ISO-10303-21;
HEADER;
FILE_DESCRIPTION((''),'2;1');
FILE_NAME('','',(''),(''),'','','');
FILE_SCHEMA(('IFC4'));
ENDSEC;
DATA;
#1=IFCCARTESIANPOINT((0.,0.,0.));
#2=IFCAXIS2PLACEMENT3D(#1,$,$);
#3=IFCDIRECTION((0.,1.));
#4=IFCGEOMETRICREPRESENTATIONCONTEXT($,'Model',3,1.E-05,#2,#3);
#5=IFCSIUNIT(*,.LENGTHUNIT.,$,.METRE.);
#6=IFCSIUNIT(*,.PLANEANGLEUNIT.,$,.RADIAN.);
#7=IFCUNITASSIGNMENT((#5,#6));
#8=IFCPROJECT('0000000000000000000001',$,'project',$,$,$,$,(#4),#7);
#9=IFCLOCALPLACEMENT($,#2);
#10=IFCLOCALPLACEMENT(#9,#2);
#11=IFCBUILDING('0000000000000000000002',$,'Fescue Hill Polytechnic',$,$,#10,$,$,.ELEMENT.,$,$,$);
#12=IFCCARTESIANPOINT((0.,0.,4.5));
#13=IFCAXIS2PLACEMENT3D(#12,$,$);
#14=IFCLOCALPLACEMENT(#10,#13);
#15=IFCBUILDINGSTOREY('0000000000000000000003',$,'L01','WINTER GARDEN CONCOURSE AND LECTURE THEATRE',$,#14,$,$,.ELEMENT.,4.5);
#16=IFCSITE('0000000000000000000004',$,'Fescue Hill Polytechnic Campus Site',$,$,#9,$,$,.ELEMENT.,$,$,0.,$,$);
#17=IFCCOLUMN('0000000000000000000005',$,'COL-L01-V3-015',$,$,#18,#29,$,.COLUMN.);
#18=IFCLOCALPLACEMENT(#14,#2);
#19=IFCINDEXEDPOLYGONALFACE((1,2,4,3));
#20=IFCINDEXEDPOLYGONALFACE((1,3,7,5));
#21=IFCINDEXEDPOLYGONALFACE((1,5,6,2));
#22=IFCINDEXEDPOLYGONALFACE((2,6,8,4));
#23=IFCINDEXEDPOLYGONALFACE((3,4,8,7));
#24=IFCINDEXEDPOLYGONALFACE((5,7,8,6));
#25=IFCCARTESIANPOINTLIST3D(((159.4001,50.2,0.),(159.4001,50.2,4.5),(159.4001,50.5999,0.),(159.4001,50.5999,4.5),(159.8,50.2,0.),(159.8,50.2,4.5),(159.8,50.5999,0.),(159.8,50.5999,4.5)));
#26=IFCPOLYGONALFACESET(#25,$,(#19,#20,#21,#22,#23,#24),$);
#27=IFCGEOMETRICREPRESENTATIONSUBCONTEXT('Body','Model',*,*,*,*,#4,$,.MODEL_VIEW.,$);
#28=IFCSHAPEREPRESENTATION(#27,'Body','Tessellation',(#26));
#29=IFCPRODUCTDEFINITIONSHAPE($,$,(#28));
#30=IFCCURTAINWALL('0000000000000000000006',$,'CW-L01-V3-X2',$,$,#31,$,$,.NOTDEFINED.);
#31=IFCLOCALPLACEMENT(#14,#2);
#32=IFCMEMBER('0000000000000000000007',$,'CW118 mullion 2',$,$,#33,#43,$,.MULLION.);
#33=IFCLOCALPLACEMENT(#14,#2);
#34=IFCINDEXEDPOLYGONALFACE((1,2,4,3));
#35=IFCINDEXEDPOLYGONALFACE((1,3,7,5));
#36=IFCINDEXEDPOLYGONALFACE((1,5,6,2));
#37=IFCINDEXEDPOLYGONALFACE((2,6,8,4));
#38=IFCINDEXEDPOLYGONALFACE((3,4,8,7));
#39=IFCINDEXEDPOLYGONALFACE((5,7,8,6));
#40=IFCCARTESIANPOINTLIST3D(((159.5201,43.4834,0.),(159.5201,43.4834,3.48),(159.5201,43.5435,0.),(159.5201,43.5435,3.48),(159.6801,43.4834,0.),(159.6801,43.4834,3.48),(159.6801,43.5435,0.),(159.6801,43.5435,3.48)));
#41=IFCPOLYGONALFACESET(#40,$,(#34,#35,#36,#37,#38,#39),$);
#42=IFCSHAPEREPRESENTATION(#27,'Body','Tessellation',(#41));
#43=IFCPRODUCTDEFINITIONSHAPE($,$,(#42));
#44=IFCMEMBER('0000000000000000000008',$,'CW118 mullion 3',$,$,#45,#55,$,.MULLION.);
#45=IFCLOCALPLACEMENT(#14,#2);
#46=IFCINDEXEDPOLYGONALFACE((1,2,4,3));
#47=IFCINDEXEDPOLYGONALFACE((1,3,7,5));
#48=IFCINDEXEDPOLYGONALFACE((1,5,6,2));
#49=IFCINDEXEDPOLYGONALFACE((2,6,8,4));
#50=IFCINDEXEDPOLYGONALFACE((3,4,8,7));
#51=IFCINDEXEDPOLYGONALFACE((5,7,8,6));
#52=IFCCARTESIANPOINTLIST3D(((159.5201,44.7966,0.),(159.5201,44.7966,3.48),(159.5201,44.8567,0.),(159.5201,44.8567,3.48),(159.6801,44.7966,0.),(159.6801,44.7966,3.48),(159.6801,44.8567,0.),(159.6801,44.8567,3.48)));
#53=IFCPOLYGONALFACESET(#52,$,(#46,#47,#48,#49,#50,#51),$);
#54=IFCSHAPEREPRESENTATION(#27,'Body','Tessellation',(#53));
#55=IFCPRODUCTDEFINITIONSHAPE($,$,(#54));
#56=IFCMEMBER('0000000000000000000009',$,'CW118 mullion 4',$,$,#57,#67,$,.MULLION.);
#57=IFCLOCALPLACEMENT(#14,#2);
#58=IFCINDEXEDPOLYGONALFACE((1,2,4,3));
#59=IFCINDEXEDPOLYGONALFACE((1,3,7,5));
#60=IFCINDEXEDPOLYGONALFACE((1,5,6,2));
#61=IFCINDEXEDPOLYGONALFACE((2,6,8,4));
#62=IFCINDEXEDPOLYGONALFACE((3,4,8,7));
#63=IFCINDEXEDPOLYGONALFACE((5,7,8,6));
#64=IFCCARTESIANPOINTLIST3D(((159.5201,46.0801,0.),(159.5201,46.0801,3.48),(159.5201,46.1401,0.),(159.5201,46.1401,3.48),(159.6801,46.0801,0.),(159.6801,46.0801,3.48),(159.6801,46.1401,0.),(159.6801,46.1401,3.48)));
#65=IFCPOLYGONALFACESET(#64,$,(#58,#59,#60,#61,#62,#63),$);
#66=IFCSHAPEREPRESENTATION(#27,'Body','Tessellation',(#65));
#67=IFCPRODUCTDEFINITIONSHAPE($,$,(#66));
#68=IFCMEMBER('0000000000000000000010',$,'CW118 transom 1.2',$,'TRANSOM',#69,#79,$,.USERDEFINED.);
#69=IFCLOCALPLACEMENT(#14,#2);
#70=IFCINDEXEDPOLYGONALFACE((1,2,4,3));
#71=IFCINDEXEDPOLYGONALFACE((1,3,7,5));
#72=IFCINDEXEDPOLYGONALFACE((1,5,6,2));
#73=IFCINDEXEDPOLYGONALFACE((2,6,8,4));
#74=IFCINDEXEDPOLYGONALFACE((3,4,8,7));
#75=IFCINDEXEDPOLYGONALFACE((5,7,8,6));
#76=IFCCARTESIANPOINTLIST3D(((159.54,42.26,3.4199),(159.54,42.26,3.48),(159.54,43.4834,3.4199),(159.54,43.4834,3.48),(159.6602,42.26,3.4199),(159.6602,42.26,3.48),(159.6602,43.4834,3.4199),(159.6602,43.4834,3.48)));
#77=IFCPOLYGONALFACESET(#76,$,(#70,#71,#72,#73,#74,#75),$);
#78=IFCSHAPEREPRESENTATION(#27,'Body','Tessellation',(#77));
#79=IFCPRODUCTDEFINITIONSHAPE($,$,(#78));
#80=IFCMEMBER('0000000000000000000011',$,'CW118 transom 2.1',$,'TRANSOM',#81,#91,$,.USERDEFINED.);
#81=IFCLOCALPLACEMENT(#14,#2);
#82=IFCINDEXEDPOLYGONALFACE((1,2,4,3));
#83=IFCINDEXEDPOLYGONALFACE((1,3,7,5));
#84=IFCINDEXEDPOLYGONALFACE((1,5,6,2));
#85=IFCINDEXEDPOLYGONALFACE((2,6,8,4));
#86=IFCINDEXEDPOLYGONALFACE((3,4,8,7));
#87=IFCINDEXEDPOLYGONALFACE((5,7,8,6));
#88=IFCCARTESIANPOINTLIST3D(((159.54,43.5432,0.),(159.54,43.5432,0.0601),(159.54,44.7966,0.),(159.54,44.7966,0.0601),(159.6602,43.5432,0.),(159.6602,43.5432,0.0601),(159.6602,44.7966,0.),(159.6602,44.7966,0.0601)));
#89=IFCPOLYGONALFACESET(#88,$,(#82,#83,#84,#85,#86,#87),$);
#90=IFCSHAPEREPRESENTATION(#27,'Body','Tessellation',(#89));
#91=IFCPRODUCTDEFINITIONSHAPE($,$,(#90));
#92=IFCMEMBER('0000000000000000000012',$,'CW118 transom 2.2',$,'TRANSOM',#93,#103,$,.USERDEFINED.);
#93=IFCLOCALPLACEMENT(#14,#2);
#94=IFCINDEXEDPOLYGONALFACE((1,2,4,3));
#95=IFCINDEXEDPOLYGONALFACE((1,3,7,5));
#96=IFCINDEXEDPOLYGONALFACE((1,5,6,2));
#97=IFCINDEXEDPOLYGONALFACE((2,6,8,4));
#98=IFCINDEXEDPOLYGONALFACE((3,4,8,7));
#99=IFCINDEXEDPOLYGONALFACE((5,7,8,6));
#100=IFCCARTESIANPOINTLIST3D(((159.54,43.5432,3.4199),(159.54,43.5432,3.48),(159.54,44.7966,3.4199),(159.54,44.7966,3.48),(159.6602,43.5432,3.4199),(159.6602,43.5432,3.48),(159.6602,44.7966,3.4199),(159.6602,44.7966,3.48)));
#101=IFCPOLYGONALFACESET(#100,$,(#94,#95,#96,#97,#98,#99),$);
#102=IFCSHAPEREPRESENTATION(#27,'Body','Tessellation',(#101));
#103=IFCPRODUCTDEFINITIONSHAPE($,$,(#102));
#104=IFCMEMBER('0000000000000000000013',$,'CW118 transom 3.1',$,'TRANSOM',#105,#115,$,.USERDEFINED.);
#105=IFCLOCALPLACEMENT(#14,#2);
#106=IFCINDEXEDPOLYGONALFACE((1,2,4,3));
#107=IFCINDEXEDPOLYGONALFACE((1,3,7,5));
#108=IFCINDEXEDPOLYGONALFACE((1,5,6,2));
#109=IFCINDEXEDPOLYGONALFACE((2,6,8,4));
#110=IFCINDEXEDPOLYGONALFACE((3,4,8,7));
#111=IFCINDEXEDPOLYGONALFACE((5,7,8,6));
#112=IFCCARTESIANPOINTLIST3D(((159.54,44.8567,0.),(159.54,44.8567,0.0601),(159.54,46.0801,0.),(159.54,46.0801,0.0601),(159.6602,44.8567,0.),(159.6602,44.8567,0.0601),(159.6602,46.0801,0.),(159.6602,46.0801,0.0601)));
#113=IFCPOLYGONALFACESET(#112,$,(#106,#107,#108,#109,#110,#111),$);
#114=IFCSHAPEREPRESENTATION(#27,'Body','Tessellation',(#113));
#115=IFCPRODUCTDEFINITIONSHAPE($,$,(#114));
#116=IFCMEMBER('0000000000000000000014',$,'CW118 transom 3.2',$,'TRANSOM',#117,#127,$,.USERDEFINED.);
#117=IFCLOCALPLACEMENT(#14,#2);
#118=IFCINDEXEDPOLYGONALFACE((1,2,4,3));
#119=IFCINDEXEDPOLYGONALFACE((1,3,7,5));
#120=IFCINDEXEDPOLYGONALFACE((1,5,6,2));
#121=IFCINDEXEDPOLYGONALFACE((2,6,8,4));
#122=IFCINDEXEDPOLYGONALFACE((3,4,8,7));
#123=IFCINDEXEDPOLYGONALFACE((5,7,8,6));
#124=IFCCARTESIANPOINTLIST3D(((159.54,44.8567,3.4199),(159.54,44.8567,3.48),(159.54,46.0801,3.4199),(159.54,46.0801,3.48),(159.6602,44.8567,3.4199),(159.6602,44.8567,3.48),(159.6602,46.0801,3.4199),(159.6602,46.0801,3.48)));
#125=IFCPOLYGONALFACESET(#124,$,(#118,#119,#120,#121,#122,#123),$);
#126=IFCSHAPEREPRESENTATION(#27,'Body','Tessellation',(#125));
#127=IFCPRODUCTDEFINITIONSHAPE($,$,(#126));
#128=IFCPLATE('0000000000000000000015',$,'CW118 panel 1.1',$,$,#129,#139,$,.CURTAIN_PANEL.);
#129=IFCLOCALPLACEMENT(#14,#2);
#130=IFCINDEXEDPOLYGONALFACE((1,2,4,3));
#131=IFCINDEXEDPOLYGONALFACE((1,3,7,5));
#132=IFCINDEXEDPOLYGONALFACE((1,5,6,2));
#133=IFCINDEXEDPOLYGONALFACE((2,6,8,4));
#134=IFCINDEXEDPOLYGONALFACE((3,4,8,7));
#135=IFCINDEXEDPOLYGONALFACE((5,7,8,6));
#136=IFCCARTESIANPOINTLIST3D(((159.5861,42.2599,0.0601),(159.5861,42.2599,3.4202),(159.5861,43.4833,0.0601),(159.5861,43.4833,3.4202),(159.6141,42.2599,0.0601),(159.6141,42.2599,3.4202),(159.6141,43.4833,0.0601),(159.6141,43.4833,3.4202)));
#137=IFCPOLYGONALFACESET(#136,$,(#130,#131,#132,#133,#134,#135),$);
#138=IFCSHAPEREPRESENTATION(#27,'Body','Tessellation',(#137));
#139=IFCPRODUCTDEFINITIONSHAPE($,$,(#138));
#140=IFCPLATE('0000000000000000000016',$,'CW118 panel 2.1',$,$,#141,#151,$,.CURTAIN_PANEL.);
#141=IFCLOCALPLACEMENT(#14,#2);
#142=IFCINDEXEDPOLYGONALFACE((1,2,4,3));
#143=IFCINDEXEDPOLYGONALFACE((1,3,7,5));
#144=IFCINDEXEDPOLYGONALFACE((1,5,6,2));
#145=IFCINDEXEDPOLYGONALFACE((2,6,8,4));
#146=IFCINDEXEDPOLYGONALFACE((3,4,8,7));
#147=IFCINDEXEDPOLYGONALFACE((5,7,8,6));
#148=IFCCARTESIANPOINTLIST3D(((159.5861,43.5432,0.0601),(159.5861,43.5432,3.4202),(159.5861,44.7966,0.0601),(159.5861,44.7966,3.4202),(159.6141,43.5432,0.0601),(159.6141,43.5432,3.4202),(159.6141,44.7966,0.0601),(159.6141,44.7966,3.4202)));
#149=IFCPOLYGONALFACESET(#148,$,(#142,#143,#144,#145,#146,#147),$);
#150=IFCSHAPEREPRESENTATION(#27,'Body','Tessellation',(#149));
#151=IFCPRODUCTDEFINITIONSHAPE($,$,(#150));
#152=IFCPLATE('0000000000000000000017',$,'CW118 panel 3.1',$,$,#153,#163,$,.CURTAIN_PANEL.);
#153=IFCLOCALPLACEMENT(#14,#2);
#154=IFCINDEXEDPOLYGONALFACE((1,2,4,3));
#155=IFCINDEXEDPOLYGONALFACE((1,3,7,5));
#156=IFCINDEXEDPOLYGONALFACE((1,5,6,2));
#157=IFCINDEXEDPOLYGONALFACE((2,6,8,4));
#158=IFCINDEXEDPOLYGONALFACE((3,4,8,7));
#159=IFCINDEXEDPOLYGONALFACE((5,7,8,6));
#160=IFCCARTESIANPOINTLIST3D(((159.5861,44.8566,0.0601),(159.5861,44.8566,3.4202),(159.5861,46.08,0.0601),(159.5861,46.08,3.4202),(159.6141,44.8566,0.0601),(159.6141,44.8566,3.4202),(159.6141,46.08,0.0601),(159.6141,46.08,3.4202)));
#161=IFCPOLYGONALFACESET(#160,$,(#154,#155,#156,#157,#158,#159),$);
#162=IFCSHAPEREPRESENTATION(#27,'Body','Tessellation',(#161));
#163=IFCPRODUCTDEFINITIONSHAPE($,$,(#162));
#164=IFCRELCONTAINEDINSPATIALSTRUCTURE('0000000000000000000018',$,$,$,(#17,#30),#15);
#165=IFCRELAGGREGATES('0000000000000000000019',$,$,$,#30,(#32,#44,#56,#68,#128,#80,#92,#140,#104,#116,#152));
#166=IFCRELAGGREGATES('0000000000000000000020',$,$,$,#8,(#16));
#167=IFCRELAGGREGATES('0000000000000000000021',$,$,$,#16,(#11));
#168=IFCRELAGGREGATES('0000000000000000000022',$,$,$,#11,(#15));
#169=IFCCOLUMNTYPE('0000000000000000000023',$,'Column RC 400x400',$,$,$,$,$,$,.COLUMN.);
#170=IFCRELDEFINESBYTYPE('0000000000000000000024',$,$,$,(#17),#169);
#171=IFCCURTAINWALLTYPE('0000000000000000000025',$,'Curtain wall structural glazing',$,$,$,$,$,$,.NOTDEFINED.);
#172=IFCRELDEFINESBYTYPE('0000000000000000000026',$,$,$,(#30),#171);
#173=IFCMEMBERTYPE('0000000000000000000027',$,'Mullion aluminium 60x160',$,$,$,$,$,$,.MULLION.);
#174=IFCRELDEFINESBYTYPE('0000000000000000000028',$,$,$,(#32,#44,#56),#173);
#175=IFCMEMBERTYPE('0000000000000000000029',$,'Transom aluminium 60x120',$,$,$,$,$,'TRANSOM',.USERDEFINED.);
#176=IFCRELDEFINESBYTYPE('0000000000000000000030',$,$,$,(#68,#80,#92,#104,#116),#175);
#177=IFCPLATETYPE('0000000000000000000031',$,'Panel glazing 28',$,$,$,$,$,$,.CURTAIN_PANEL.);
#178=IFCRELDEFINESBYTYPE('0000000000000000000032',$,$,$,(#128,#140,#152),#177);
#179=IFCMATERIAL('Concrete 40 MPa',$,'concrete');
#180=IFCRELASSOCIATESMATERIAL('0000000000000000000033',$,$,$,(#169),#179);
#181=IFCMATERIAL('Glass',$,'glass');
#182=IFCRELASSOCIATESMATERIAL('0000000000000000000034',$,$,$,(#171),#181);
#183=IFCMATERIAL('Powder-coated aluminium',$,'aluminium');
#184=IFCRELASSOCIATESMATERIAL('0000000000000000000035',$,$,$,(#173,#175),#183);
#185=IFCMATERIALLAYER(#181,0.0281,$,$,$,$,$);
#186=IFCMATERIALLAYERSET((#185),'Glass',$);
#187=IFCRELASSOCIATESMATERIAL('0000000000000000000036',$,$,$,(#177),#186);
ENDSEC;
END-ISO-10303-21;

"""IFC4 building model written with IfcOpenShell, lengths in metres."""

from ifc_helpers import new_model, si_unit, direction, frame, origin, origin_2d, place, context, subcontext, project, spatial, rectangle, extrude, material, layer, layer_set, material_profile, profile_set, type_object, element, aggregate, save


model = new_model("IFC4")

# Units and contexts
model_context = context("Model", 3, precision=1e-05, world=origin(), true_north=direction((0.0, 1.0)))
body_context = subcontext(model_context, "Body", "Model", "MODEL_VIEW")
ifc_project = project(units=[si_unit("LENGTHUNIT", "METRE"), si_unit("PLANEANGLEUNIT", "RADIAN")], contexts=[model_context])

# Site, building, storey
site_placement = place(None, origin())
site = spatial("IfcSite", under=ifc_project, at=site_placement, Name="Fescue Hill Polytechnic Campus Site", CompositionType="ELEMENT", RefElevation=0.0)
building_placement = place(site_placement, origin())
building = spatial("IfcBuilding", under=site, at=building_placement, Name="Fescue Hill Polytechnic", CompositionType="ELEMENT")
storey_placement = place(building_placement, frame((0.0, 0.0, 4.5)))
storey = spatial("IfcBuildingStorey", under=building, at=storey_placement, Name="L01", Description="WINTER GARDEN CONCOURSE AND LECTURE THEATRE", CompositionType="ELEMENT", Elevation=4.5)

# Column
ifc_material_1 = material(Name="Concrete 40 MPa", Category="concrete")
ifc_material_profile_1 = material_profile(ifc_material_1, rectangle(XDim=0.3999, YDim=0.3999, at=origin_2d()), Name="RC 400x400")
ifc_profile_set_1 = profile_set([ifc_material_profile_1], Name="Concrete 40 MPa")
column_type = type_object("IfcColumnType", Name="Column RC 400x400", PredefinedType="COLUMN", material=ifc_profile_set_1)
column_placement = place(storey_placement, frame((159.6001, 50.3999, 0.0), z_axis=(0.0, 0.0, 1.0), x_axis=(1.0, 0.0, 0.0)))
element("IfcColumn", 1, at=column_placement, inside=storey, type_object=column_type, Name="COL-L01-V3-015", PredefinedType="COLUMN", context=body_context, shape_type="SweptSolid", body=[
    extrude(rectangle(XDim=0.3999, YDim=0.3999, at=origin_2d()), origin(), (0.0, 0.0, 1.0), 4.5),
])

# Curtain wall, members, plates
ifc_material_2 = material(Name="Glass", Category="glass")
curtain_wall_type = type_object("IfcCurtainWallType", Name="Curtain wall structural glazing", PredefinedType="NOTDEFINED", material=ifc_material_2)
curtain_wall_placement = place(storey_placement, origin())
curtain_wall = element("IfcCurtainWall", 2, at=curtain_wall_placement, inside=storey, type_object=curtain_wall_type, Name="CW-L01-V3-X2", PredefinedType="NOTDEFINED")
ifc_material_3 = material(Name="Powder-coated aluminium", Category="aluminium")
ifc_material_profile_2 = material_profile(ifc_material_3, rectangle(XDim=0.1599, YDim=0.0601, at=origin_2d()), Name="Mullion aluminium 60x160")
ifc_profile_set_2 = profile_set([ifc_material_profile_2], Name="Powder-coated aluminium")
member_type_1 = type_object("IfcMemberType", Name="Mullion aluminium 60x160", PredefinedType="MULLION", material=ifc_profile_set_2)
member_1_placement = place(storey_placement, frame((159.6001, 43.5134, 0.0), z_axis=(0.0, 0.0, 1.0), x_axis=(-1.0, 0.0, 0.0)))
member_1 = element("IfcMember", 3, at=member_1_placement, type_object=member_type_1, Name="CW118 mullion 2", PredefinedType="MULLION", context=body_context, shape_type="SweptSolid", body=[
    extrude(rectangle(XDim=0.1599, YDim=0.0601, at=origin_2d()), origin(), (0.0, 0.0, 1.0), 3.48),
])
member_2_placement = place(storey_placement, frame((159.6001, 44.8267, 0.0), z_axis=(0.0, 0.0, 1.0), x_axis=(-1.0, 0.0, 0.0)))
member_2 = element("IfcMember", 4, at=member_2_placement, type_object=member_type_1, Name="CW118 mullion 3", PredefinedType="MULLION", context=body_context, shape_type="SweptSolid", body=[
    extrude(rectangle(XDim=0.1599, YDim=0.0601, at=origin_2d()), origin(), (0.0, 0.0, 1.0), 3.48),
])
member_3_placement = place(storey_placement, frame((159.6001, 46.1101, 0.0), z_axis=(0.0, 0.0, 1.0), x_axis=(-1.0, 0.0, 0.0)))
member_3 = element("IfcMember", 5, at=member_3_placement, type_object=member_type_1, Name="CW118 mullion 4", PredefinedType="MULLION", context=body_context, shape_type="SweptSolid", body=[
    extrude(rectangle(XDim=0.1599, YDim=0.0601, at=origin_2d()), origin(), (0.0, 0.0, 1.0), 3.48),
])
ifc_material_profile_3 = material_profile(ifc_material_3, rectangle(XDim=0.1201, YDim=0.0601, at=origin_2d()), Name="Transom aluminium 60x120")
ifc_profile_set_3 = profile_set([ifc_material_profile_3], Name="Powder-coated aluminium")
member_type_2 = type_object("IfcMemberType", Name="Transom aluminium 60x120", ElementType="TRANSOM", PredefinedType="USERDEFINED", material=ifc_profile_set_3)
member_4_placement = place(storey_placement, frame((159.6001, 42.26, 3.45), z_axis=(0.0, 1.0, 0.0), x_axis=(-1.0, 0.0, 0.0)))
member_4 = element("IfcMember", 6, at=member_4_placement, type_object=member_type_2, Name="CW118 transom 1.2", ObjectType="TRANSOM", PredefinedType="USERDEFINED", context=body_context, shape_type="SweptSolid", body=[
    extrude(rectangle(XDim=0.1201, YDim=0.0601, at=origin_2d()), origin(), (0.0, 0.0, 1.0), 1.2234),
])
member_5_placement = place(storey_placement, frame((159.6001, 43.5432, 0.03), z_axis=(0.0, 1.0, 0.0), x_axis=(-1.0, 0.0, 0.0)))
member_5 = element("IfcMember", 7, at=member_5_placement, type_object=member_type_2, Name="CW118 transom 2.1", ObjectType="TRANSOM", PredefinedType="USERDEFINED", context=body_context, shape_type="SweptSolid", body=[
    extrude(rectangle(XDim=0.1201, YDim=0.0601, at=origin_2d()), origin(), (0.0, 0.0, 1.0), 1.2534),
])
member_6_placement = place(storey_placement, frame((159.6001, 43.5432, 3.45), z_axis=(0.0, 1.0, 0.0), x_axis=(-1.0, 0.0, 0.0)))
member_6 = element("IfcMember", 8, at=member_6_placement, type_object=member_type_2, Name="CW118 transom 2.2", ObjectType="TRANSOM", PredefinedType="USERDEFINED", context=body_context, shape_type="SweptSolid", body=[
    extrude(rectangle(XDim=0.1201, YDim=0.0601, at=origin_2d()), origin(), (0.0, 0.0, 1.0), 1.2534),
])
member_7_placement = place(storey_placement, frame((159.6001, 44.8567, 0.03), z_axis=(0.0, 1.0, 0.0), x_axis=(-1.0, 0.0, 0.0)))
member_7 = element("IfcMember", 9, at=member_7_placement, type_object=member_type_2, Name="CW118 transom 3.1", ObjectType="TRANSOM", PredefinedType="USERDEFINED", context=body_context, shape_type="SweptSolid", body=[
    extrude(rectangle(XDim=0.1201, YDim=0.0601, at=origin_2d()), origin(), (0.0, 0.0, 1.0), 1.2234),
])
member_8_placement = place(storey_placement, frame((159.6001, 44.8567, 3.45), z_axis=(0.0, 1.0, 0.0), x_axis=(-1.0, 0.0, 0.0)))
member_8 = element("IfcMember", 10, at=member_8_placement, type_object=member_type_2, Name="CW118 transom 3.2", ObjectType="TRANSOM", PredefinedType="USERDEFINED", context=body_context, shape_type="SweptSolid", body=[
    extrude(rectangle(XDim=0.1201, YDim=0.0601, at=origin_2d()), origin(), (0.0, 0.0, 1.0), 1.2234),
])
ifc_layer_1 = layer(ifc_material_2, 0.0281)
ifc_layer_set_1 = layer_set([ifc_layer_1], Name="Glass")
plate_type = type_object("IfcPlateType", Name="Panel glazing 28", PredefinedType="CURTAIN_PANEL", material=ifc_layer_set_1)
plate_1_placement = place(storey_placement, frame((159.6001, 42.8716, 0.0601), z_axis=(0.0, 0.0, 1.0), x_axis=(0.0, 1.0, 0.0)))
plate_1 = element("IfcPlate", 11, at=plate_1_placement, type_object=plate_type, Name="CW118 panel 1.1", PredefinedType="CURTAIN_PANEL", context=body_context, shape_type="SweptSolid", body=[
    extrude(rectangle(XDim=1.2234, YDim=0.0281, at=origin_2d()), origin(), (0.0, 0.0, 1.0), 3.3601),
])
plate_2_placement = place(storey_placement, frame((159.6001, 44.1699, 0.0601), z_axis=(0.0, 0.0, 1.0), x_axis=(0.0, 1.0, 0.0)))
plate_2 = element("IfcPlate", 12, at=plate_2_placement, type_object=plate_type, Name="CW118 panel 2.1", PredefinedType="CURTAIN_PANEL", context=body_context, shape_type="SweptSolid", body=[
    extrude(rectangle(XDim=1.2534, YDim=0.0281, at=origin_2d()), origin(), (0.0, 0.0, 1.0), 3.3601),
])
plate_3_placement = place(storey_placement, frame((159.6001, 45.4683, 0.0601), z_axis=(0.0, 0.0, 1.0), x_axis=(0.0, 1.0, 0.0)))
plate_3 = element("IfcPlate", 13, at=plate_3_placement, type_object=plate_type, Name="CW118 panel 3.1", PredefinedType="CURTAIN_PANEL", context=body_context, shape_type="SweptSolid", body=[
    extrude(rectangle(XDim=1.2234, YDim=0.0281, at=origin_2d()), origin(), (0.0, 0.0, 1.0), 3.3601),
])
aggregate(curtain_wall, [member_1, member_2, member_3, member_4, plate_1, member_5, member_6, plate_2, member_7, member_8, plate_3])

save(model, "model.ifc")
